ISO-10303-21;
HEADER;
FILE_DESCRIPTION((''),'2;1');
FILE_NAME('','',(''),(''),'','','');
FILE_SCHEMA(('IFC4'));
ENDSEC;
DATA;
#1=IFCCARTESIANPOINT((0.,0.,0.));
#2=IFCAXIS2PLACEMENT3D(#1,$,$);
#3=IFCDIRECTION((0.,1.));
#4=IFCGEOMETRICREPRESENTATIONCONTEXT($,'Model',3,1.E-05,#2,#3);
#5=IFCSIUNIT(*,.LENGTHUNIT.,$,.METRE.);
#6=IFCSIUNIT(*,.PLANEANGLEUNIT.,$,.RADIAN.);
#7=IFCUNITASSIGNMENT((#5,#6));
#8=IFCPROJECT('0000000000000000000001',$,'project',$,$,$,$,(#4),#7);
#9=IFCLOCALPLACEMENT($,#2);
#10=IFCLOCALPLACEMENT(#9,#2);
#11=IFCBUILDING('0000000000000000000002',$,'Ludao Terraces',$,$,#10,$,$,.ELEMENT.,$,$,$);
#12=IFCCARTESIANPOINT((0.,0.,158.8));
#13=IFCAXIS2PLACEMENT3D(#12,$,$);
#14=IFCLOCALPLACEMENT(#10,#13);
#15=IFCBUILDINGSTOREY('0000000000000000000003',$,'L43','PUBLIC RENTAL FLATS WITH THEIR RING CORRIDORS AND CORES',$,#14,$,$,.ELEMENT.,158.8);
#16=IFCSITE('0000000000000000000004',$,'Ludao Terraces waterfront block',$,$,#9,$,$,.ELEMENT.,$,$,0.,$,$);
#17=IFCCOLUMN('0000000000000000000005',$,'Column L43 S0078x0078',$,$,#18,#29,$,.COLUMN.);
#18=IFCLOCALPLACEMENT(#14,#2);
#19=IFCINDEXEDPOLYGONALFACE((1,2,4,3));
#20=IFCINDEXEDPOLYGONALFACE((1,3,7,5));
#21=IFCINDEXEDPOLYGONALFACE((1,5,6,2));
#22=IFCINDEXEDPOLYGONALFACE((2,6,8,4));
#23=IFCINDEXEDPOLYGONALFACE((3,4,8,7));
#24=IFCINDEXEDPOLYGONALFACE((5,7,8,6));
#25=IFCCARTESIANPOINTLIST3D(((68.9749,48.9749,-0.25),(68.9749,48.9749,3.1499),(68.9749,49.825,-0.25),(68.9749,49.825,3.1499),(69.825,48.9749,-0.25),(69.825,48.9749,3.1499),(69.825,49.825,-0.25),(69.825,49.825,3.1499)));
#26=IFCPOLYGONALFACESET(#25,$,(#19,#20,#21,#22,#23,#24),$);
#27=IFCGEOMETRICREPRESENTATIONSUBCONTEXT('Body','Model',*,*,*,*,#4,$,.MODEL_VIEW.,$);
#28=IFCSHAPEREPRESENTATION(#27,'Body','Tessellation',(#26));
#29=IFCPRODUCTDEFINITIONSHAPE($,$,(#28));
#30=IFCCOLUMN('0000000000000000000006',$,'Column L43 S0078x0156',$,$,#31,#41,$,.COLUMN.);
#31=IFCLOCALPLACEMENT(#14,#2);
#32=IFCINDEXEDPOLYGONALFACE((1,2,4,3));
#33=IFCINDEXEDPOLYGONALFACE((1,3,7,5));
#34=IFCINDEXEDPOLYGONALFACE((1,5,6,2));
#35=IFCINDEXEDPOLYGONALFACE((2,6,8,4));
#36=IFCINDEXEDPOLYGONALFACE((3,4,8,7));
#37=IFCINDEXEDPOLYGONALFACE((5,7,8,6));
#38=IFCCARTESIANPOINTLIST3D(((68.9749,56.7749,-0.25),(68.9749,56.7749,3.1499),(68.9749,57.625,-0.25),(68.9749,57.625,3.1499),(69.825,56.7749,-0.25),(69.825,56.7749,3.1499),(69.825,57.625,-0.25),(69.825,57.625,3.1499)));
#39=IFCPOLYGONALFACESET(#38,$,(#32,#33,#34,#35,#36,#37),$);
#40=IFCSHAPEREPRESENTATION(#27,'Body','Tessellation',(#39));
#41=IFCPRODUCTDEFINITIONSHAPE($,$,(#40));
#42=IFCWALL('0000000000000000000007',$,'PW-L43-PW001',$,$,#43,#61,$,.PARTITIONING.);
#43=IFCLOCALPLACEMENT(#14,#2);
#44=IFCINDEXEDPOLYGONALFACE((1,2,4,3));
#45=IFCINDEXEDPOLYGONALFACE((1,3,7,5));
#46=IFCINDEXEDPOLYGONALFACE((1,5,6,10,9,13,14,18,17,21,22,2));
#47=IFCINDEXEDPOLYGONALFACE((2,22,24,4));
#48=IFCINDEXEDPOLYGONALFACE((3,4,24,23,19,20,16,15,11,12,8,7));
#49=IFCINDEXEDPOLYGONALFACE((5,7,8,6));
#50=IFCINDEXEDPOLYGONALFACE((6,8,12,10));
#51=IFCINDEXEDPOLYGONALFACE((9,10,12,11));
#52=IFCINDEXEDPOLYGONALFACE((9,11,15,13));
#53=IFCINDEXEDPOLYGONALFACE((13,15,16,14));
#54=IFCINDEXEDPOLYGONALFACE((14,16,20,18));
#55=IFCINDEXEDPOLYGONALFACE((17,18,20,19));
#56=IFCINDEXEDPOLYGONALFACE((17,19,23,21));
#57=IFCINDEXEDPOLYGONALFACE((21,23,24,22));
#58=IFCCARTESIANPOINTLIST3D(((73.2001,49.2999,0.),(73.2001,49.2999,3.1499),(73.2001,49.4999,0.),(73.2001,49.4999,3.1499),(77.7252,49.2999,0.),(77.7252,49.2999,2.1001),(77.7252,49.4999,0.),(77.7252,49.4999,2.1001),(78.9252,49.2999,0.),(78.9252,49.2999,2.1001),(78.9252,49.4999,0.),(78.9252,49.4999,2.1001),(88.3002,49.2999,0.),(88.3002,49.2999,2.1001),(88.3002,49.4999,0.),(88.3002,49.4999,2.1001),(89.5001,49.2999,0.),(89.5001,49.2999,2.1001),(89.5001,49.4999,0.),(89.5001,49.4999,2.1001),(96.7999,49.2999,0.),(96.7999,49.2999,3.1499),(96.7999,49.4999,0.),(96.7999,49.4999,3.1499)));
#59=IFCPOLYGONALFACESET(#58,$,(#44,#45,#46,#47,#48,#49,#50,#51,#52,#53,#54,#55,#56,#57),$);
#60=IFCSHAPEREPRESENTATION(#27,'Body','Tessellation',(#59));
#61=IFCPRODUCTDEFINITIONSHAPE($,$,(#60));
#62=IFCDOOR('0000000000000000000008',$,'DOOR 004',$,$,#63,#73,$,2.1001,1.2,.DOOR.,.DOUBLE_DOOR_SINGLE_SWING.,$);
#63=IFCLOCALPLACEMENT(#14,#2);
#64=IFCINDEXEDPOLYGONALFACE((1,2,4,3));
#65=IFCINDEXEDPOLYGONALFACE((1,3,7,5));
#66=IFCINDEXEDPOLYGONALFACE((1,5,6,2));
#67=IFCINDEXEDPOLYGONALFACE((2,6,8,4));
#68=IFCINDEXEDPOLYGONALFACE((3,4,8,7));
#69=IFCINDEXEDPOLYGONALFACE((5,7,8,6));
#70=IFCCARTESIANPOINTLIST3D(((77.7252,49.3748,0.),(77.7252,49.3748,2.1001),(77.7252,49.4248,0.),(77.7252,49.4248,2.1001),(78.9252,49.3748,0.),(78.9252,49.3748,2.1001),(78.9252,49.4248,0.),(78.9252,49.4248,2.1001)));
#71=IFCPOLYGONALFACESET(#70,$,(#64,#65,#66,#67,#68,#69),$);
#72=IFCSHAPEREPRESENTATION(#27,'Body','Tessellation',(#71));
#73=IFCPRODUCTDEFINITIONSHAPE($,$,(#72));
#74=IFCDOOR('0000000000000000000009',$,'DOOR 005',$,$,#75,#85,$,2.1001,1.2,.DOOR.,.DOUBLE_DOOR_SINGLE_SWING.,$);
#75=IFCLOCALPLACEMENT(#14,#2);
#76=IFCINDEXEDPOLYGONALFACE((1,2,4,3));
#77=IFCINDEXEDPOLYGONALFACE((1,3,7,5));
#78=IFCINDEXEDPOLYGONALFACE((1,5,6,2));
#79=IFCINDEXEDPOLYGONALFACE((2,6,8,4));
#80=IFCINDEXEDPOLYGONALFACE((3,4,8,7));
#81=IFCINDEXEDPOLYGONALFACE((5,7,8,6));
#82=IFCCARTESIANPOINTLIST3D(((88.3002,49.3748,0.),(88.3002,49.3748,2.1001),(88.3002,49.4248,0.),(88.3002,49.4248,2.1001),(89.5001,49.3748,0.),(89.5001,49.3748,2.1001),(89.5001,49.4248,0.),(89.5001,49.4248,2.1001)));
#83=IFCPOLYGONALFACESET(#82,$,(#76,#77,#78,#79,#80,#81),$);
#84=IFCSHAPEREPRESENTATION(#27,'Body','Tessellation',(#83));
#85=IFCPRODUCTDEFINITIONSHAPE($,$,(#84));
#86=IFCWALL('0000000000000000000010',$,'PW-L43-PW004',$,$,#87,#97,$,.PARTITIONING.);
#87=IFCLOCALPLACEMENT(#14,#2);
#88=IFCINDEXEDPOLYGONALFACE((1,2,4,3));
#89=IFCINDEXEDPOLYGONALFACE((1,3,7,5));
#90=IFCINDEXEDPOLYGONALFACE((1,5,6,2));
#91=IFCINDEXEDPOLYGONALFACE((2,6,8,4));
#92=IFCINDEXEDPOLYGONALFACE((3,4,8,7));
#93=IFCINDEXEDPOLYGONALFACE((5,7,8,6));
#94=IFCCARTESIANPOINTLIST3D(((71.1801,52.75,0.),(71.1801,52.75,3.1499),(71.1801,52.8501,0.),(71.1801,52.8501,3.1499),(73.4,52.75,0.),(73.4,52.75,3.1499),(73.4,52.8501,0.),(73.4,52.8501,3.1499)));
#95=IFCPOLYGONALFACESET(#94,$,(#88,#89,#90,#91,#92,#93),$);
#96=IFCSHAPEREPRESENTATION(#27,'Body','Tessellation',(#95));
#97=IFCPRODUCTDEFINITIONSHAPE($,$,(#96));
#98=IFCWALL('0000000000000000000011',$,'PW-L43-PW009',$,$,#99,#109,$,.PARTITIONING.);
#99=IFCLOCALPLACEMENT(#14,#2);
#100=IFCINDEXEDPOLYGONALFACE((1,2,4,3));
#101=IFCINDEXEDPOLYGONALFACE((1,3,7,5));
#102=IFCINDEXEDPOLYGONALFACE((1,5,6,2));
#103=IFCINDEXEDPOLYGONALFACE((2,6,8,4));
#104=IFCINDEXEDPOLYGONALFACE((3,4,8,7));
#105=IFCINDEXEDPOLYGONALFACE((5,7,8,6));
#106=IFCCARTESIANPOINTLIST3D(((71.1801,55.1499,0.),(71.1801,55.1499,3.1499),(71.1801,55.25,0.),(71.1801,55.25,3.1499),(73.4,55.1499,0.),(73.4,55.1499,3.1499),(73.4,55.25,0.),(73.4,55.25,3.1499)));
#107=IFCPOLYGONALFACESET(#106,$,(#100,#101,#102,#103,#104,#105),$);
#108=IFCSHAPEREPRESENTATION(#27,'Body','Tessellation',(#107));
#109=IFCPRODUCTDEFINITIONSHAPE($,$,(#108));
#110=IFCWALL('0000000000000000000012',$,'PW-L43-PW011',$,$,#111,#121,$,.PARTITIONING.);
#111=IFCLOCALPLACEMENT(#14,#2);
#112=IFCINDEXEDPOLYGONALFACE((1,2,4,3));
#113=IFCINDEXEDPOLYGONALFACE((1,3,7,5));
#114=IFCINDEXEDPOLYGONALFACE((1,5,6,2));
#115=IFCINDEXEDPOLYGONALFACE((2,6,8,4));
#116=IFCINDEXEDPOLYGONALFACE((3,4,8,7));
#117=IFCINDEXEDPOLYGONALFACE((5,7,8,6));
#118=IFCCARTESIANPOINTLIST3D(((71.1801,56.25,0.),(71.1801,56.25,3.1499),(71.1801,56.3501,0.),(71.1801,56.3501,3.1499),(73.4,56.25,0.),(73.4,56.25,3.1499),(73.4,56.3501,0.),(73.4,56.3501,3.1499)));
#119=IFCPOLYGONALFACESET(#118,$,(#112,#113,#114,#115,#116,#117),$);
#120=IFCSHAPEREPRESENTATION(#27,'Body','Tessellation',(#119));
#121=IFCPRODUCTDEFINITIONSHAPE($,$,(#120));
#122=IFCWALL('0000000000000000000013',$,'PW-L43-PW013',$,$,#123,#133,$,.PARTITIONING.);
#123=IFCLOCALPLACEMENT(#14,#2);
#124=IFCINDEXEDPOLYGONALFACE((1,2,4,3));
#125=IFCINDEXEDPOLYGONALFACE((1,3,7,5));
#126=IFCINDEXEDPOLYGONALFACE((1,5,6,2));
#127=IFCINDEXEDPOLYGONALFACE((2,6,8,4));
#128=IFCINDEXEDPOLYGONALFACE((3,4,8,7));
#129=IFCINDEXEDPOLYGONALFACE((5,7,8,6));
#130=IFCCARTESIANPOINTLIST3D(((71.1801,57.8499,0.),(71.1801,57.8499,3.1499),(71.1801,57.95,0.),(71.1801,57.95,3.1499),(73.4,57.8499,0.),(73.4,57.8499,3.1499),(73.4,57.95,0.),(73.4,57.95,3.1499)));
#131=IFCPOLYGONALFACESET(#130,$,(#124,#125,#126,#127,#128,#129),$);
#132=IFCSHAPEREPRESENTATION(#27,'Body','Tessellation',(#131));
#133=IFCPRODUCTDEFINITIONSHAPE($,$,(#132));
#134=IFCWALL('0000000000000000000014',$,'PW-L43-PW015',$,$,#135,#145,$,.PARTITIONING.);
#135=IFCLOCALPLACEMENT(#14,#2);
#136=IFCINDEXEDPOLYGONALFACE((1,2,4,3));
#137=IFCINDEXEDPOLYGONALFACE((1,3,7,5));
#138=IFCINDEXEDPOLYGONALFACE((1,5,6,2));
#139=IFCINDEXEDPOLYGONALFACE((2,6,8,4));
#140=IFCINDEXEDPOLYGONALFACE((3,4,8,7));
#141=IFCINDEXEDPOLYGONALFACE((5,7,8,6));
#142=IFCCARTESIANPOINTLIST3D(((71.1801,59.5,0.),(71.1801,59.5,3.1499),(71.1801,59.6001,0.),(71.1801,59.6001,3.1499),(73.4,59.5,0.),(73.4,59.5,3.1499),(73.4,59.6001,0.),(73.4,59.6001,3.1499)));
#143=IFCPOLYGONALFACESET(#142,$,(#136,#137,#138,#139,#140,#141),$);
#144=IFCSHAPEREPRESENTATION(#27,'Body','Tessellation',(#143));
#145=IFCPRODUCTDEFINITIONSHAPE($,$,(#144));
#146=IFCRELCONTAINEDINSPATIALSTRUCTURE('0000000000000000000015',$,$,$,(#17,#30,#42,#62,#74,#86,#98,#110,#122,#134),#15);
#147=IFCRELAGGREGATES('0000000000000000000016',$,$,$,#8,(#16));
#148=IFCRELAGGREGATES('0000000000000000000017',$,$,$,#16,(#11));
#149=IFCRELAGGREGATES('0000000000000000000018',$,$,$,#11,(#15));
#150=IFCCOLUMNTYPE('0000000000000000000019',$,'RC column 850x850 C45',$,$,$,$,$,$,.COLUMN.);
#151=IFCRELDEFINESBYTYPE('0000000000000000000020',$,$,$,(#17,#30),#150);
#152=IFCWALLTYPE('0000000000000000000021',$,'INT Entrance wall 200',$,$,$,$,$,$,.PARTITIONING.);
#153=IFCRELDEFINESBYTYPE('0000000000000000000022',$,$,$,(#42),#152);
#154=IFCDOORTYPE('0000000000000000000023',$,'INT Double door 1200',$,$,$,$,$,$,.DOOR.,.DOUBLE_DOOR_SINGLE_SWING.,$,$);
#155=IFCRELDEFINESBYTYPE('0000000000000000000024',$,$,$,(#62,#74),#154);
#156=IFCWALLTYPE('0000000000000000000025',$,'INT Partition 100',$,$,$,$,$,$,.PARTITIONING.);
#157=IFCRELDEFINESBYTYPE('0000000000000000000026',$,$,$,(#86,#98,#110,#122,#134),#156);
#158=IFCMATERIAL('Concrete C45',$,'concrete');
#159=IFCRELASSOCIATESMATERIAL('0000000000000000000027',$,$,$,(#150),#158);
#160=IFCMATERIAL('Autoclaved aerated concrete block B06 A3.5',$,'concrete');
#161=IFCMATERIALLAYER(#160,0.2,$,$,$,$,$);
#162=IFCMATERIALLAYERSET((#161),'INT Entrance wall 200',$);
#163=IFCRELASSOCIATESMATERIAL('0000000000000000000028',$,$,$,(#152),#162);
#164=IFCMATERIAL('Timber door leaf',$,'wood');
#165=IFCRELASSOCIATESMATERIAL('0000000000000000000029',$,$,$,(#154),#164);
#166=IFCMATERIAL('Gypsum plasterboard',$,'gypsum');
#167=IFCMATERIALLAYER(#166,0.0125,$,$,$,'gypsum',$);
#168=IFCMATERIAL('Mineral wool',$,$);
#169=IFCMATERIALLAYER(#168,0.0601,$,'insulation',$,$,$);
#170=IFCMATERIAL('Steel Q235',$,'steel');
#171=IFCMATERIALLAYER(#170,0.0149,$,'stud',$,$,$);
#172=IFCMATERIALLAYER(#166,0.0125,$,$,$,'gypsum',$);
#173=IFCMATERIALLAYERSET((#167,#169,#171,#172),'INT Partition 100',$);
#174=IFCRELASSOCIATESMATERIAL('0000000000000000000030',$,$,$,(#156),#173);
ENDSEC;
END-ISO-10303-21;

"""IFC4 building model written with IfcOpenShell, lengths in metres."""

from ifc_helpers import new_model, si_unit, direction, frame, frame_2d, origin, origin_2d, place, context, subcontext, project, spatial, rectangle, extrude, material, layer, layer_set, material_profile, profile_set, type_object, element, fill, save


model = new_model("IFC4")

# Units and contexts
model_context = context("Model", 3, precision=1e-05, world=origin(), true_north=direction((0.0, 1.0)))
body_context = subcontext(model_context, "Body", "Model", "MODEL_VIEW")
ifc_project = project(units=[si_unit("LENGTHUNIT", "METRE"), si_unit("PLANEANGLEUNIT", "RADIAN")], contexts=[model_context])

# Site, building, storey
site_placement = place(None, origin())
site = spatial("IfcSite", under=ifc_project, at=site_placement, Name="Ludao Terraces waterfront block", CompositionType="ELEMENT", RefElevation=0.0)
building_placement = place(site_placement, origin())
building = spatial("IfcBuilding", under=site, at=building_placement, Name="Ludao Terraces", CompositionType="ELEMENT")
storey_placement = place(building_placement, frame((0.0, 0.0, 158.8)))
storey = spatial("IfcBuildingStorey", under=building, at=storey_placement, Name="L43", Description="PUBLIC RENTAL FLATS WITH THEIR RING CORRIDORS AND CORES", CompositionType="ELEMENT", Elevation=158.8)

# Columns
ifc_material_1 = material(Name="Concrete C45", Category="concrete")
ifc_material_profile = material_profile(ifc_material_1, rectangle(XDim=0.8501, YDim=0.8501, at=origin_2d()), Name="850 X 850")
ifc_profile_set = profile_set([ifc_material_profile], Name="Concrete C45")
column_type = type_object("IfcColumnType", Name="RC column 850x850 C45", PredefinedType="COLUMN", material=ifc_profile_set)
for number, where, z_axis, x_axis, name in (
    (1, (69.3999, 49.3999, -0.25), (0.0, 0.0, 1.0), (1.0, 0.0, 0.0), "Column L43 S0078x0078"),
    (2, (69.3999, 57.2, -0.25), (0.0, 0.0, 1.0), (1.0, 0.0, 0.0), "Column L43 S0078x0156"),
):
    element("IfcColumn", number, at=place(storey_placement, frame(where, z_axis=z_axis, x_axis=x_axis)), inside=storey, type_object=column_type, Name=name, PredefinedType="COLUMN", context=body_context, shape_type="SweptSolid", body=[
        extrude(rectangle(XDim=0.8501, YDim=0.8501, at=origin_2d()), origin(), (0.0, 0.0, 1.0), 3.3999),
    ])

# Wall, openings, doors
ifc_material_2 = material(Name="Autoclaved aerated concrete block B06 A3.5", Category="concrete")
ifc_layer_1 = layer(ifc_material_2, 0.2)
ifc_layer_set_1 = layer_set([ifc_layer_1], Name="INT Entrance wall 200")
wall_type_1 = type_object("IfcWallType", Name="INT Entrance wall 200", PredefinedType="PARTITIONING", material=ifc_layer_set_1)
wall_1_placement = place(storey_placement, frame((73.2002, 49.3999, 0.0), z_axis=(0.0, 0.0, 1.0), x_axis=(1.0, 0.0, 0.0)))
wall_1 = element("IfcWall", 3, at=wall_1_placement, inside=storey, type_object=wall_type_1, Name="PW-L43-PW001", PredefinedType="PARTITIONING", context=body_context, shape_type="SweptSolid", body=[
    extrude(rectangle(XDim=23.5999, YDim=0.2, at=frame_2d((11.7998, 0.0))), origin(), (0.0, 0.0, 1.0), 3.1499),
])
opening_1_placement = place(wall_1_placement, frame((4.5249, 0.0, 0.0)))
opening_1 = element("IfcOpeningElement", 4, at=opening_1_placement, cuts=wall_1, PredefinedType="OPENING", context=body_context, shape_type="SweptSolid", body=[
    extrude(rectangle(XDim=1.2, YDim=2.1001, at=frame_2d((0.6001, 1.05))), frame((0.0, 0.1099, 0.0), z_axis=(0.0, -1.0, 0.0), x_axis=(1.0, 0.0, 0.0)), (0.0, 0.0, 1.0), 0.22),
])
opening_2_placement = place(wall_1_placement, frame((15.0999, 0.0, 0.0)))
opening_2 = element("IfcOpeningElement", 5, at=opening_2_placement, cuts=wall_1, PredefinedType="OPENING", context=body_context, shape_type="SweptSolid", body=[
    extrude(rectangle(XDim=1.2, YDim=2.1001, at=frame_2d((0.6001, 1.05))), frame((0.0, 0.1099, 0.0), z_axis=(0.0, -1.0, 0.0), x_axis=(1.0, 0.0, 0.0)), (0.0, 0.0, 1.0), 0.22),
])
ifc_material_3 = material(Name="Timber door leaf", Category="wood")
door_type_1 = type_object("IfcDoorType", Name="INT Double door 1200", OperationType="DOUBLE_DOOR_SINGLE_SWING", PredefinedType="DOOR", material=ifc_material_3)
door_1_placement = place(opening_1_placement, origin())
door_1 = element("IfcDoor", 6, at=door_1_placement, inside=storey, type_object=door_type_1, Name="DOOR 004", OperationType="DOUBLE_DOOR_SINGLE_SWING", OverallHeight=2.1001, OverallWidth=1.2, PredefinedType="DOOR", context=body_context, shape_type="SweptSolid", body=[
    extrude(rectangle(XDim=1.2, YDim=2.1001, at=frame_2d((0.6001, 1.05))), frame((0.0, 0.0249, 0.0), z_axis=(0.0, -1.0, 0.0), x_axis=(1.0, 0.0, 0.0)), (0.0, 0.0, 1.0), 0.05),
])
fill(opening_1, door_1)
door_2_placement = place(opening_2_placement, origin())
door_2 = element("IfcDoor", 7, at=door_2_placement, inside=storey, type_object=door_type_1, Name="DOOR 005", OperationType="DOUBLE_DOOR_SINGLE_SWING", OverallHeight=2.1001, OverallWidth=1.2, PredefinedType="DOOR", context=body_context, shape_type="SweptSolid", body=[
    extrude(rectangle(XDim=1.2, YDim=2.1001, at=frame_2d((0.6001, 1.05))), frame((0.0, 0.0249, 0.0), z_axis=(0.0, -1.0, 0.0), x_axis=(1.0, 0.0, 0.0)), (0.0, 0.0, 1.0), 0.05),
])
fill(opening_2, door_2)

# Walls
ifc_material_4 = material(Name="Gypsum plasterboard", Category="gypsum")
ifc_layer_2 = layer(ifc_material_4, 0.0125, Category="gypsum")
ifc_material_5 = material(Name="Mineral wool")
ifc_layer_3 = layer(ifc_material_5, 0.0601, Name="insulation")
ifc_material_6 = material(Name="Steel Q235", Category="steel")
ifc_layer_4 = layer(ifc_material_6, 0.0149, Name="stud")
ifc_layer_5 = layer(ifc_material_4, 0.0125, Category="gypsum")
ifc_layer_set_2 = layer_set([ifc_layer_2, ifc_layer_3, ifc_layer_4, ifc_layer_5], Name="INT Partition 100")
wall_type_2 = type_object("IfcWallType", Name="INT Partition 100", PredefinedType="PARTITIONING", material=ifc_layer_set_2)
for number, where, z_axis, x_axis, name in (
    (8, (71.1802, 52.8, 0.0), (0.0, 0.0, 1.0), (1.0, 0.0, 0.0), "PW-L43-PW004"),
    (9, (71.1802, 55.2, 0.0), (0.0, 0.0, 1.0), (1.0, 0.0, 0.0), "PW-L43-PW009"),
    (10, (71.1802, 56.3, 0.0), (0.0, 0.0, 1.0), (1.0, 0.0, 0.0), "PW-L43-PW011"),
    (11, (71.1802, 57.8999, 0.0), (0.0, 0.0, 1.0), (1.0, 0.0, 0.0), "PW-L43-PW013"),
    (12, (71.1802, 59.55, 0.0), (0.0, 0.0, 1.0), (1.0, 0.0, 0.0), "PW-L43-PW015"),
):
    element("IfcWall", number, at=place(storey_placement, frame(where, z_axis=z_axis, x_axis=x_axis)), inside=storey, type_object=wall_type_2, Name=name, PredefinedType="PARTITIONING", context=body_context, shape_type="SweptSolid", body=[
        extrude(rectangle(XDim=2.22, YDim=0.1001, at=frame_2d((1.1099, 0.0))), origin(), (0.0, 0.0, 1.0), 3.1499),
    ])

save(model, "model.ifc")
